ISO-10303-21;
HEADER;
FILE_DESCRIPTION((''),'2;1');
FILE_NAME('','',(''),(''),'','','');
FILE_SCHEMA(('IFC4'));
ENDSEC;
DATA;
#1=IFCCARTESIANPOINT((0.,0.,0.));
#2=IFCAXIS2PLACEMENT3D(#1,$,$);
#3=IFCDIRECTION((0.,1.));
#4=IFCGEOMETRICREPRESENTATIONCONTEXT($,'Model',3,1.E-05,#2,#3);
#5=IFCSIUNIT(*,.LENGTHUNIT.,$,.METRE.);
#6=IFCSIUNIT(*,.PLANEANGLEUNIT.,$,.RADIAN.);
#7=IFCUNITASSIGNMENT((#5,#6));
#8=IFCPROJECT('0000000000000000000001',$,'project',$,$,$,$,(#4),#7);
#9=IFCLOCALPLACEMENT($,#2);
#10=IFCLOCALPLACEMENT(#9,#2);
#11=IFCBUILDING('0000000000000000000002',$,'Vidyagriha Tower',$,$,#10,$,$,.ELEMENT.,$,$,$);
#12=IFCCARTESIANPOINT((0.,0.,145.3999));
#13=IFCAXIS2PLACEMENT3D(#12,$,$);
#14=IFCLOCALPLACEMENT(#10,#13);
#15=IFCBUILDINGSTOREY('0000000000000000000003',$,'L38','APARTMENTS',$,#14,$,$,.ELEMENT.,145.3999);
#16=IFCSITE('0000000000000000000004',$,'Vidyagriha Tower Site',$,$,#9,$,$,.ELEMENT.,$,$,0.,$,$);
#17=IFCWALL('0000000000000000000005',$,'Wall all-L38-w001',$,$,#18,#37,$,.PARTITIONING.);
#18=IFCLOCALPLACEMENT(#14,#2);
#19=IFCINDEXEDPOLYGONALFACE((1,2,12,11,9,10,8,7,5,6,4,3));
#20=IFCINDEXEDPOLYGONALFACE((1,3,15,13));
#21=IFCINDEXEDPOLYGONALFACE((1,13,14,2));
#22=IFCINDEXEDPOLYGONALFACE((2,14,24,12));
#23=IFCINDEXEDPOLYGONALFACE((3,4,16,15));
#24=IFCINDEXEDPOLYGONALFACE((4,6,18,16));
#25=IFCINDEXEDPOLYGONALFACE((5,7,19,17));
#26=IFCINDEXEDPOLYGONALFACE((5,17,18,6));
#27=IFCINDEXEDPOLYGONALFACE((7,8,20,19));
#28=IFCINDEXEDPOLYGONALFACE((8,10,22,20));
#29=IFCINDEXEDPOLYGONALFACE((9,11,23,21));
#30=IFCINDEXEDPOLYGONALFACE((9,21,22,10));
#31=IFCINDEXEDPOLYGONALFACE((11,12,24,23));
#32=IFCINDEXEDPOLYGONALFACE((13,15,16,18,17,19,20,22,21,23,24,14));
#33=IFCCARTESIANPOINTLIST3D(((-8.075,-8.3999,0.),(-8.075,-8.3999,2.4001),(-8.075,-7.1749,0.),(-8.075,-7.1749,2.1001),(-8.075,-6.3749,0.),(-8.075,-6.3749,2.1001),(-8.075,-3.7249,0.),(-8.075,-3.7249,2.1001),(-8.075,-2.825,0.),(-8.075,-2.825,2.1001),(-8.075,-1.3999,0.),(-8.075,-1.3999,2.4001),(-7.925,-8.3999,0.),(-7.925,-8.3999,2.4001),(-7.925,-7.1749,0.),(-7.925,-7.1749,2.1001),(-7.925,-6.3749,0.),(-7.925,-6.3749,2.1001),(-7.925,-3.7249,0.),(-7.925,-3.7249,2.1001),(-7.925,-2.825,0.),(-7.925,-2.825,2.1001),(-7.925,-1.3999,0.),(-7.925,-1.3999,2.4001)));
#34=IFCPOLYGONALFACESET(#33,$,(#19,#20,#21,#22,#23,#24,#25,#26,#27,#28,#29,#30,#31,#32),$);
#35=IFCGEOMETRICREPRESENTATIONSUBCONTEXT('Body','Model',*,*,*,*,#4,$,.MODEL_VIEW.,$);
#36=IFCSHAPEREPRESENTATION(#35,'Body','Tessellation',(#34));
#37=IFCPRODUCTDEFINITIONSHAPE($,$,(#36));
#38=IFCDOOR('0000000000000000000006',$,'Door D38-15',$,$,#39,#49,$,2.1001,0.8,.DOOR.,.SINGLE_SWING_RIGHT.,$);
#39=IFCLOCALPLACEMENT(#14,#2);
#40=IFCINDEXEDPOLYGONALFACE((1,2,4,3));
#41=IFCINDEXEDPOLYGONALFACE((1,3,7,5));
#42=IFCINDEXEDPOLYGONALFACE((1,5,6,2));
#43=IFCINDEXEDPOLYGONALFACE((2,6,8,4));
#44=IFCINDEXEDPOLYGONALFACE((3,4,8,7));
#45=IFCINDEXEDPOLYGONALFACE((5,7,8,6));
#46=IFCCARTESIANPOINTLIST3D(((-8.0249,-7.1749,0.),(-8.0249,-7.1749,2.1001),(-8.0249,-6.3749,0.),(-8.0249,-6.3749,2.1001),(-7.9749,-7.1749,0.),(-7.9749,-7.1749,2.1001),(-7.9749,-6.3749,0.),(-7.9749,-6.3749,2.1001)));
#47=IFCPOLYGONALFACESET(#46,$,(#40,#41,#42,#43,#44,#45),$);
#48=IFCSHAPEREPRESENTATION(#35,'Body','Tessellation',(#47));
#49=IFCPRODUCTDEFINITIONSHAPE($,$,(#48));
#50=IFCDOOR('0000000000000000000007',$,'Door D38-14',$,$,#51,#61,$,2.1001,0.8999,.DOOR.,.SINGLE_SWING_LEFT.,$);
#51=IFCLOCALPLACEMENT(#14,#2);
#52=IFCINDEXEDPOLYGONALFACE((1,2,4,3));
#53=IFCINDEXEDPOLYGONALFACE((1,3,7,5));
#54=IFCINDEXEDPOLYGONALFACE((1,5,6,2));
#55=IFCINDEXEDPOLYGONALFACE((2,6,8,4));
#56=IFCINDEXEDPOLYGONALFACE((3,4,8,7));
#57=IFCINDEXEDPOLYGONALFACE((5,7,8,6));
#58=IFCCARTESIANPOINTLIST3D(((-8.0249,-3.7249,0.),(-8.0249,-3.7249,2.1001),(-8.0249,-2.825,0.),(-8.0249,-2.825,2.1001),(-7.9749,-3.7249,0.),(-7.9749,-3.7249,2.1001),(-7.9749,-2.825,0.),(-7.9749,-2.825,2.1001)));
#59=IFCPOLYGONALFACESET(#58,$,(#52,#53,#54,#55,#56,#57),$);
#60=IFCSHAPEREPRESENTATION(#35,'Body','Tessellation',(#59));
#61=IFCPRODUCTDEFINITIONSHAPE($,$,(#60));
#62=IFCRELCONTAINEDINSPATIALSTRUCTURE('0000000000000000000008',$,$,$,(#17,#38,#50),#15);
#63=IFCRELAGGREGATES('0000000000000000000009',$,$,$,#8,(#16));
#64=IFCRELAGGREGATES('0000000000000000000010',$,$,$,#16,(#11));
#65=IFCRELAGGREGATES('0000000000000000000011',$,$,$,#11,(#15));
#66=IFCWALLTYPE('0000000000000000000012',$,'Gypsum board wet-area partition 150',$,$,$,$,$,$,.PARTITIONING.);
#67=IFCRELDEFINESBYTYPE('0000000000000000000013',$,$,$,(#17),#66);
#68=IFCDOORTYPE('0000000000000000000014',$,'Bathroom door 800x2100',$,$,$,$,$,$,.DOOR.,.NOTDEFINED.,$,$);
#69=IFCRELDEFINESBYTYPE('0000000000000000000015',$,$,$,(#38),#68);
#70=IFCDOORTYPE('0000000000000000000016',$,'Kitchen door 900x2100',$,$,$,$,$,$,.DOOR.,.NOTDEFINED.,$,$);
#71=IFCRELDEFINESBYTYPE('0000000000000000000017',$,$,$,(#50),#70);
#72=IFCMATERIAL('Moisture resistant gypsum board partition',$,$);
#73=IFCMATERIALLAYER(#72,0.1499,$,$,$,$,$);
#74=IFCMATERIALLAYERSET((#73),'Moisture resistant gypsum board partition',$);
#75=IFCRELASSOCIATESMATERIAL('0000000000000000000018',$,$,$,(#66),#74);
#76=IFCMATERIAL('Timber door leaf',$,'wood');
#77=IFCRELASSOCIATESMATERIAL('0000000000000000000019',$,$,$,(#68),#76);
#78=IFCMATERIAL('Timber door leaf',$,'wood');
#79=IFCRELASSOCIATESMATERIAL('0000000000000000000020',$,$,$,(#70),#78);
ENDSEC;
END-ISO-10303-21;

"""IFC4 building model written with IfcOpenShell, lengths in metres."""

from ifc_helpers import new_model, si_unit, direction, frame, frame_2d, origin, place, context, subcontext, project, spatial, rectangle, extrude, material, layer, layer_set, type_object, element, fill, save


model = new_model("IFC4")

# Units and contexts
model_context = context("Model", 3, precision=1e-05, world=origin(), true_north=direction((0.0, 1.0)))
body_context = subcontext(model_context, "Body", "Model", "MODEL_VIEW")
ifc_project = project(units=[si_unit("LENGTHUNIT", "METRE"), si_unit("PLANEANGLEUNIT", "RADIAN")], contexts=[model_context])

# Site, building, storey
site_placement = place(None, origin())
site = spatial("IfcSite", under=ifc_project, at=site_placement, Name="Vidyagriha Tower Site", CompositionType="ELEMENT", RefElevation=0.0)
building_placement = place(site_placement, origin())
building = spatial("IfcBuilding", under=site, at=building_placement, Name="Vidyagriha Tower", CompositionType="ELEMENT")
storey_placement = place(building_placement, frame((0.0, 0.0, 145.3999)))
storey = spatial("IfcBuildingStorey", under=building, at=storey_placement, Name="L38", Description="APARTMENTS", CompositionType="ELEMENT", Elevation=145.3999)

# Wall, openings, doors
ifc_material_1 = material(Name="Moisture resistant gypsum board partition")
ifc_layer_1 = layer(ifc_material_1, 0.1499)
ifc_layer_set_1 = layer_set([ifc_layer_1], Name="Moisture resistant gypsum board partition")
wall_type_1 = type_object("IfcWallType", Name="Gypsum board wet-area partition 150", PredefinedType="PARTITIONING", material=ifc_layer_set_1)
wall_1_placement = place(storey_placement, frame((-8.0, -8.3999, 0.0), z_axis=(0.0, 0.0, 1.0), x_axis=(0.0, 1.0, 0.0)))
wall_1 = element("IfcWall", 1, at=wall_1_placement, inside=storey, type_object=wall_type_1, Name="Wall all-L38-w001", PredefinedType="PARTITIONING", context=body_context, shape_type="SweptSolid", body=[
    extrude(rectangle(XDim=7.0, YDim=0.1499, at=frame_2d((3.5, 0.0))), origin(), (0.0, 0.0, 1.0), 2.4001),
])
opening_1_placement = place(wall_1_placement, frame((4.675, 0.0, 0.0)))
opening_1 = element("IfcOpeningElement", 2, at=opening_1_placement, cuts=wall_1, PredefinedType="OPENING", context=body_context, shape_type="SweptSolid", body=[
    extrude(rectangle(XDim=0.8999, YDim=2.1001, at=frame_2d((0.45, 1.05))), frame((0.0, 0.085, 0.0), z_axis=(0.0, -1.0, 0.0), x_axis=(1.0, 0.0, 0.0)), (0.0, 0.0, 1.0), 0.1699),
])
opening_2_placement = place(wall_1_placement, frame((1.2251, 0.0, 0.0)))
opening_2 = element("IfcOpeningElement", 3, at=opening_2_placement, cuts=wall_1, PredefinedType="OPENING", context=body_context, shape_type="SweptSolid", body=[
    extrude(rectangle(XDim=0.8, YDim=2.1001, at=frame_2d((0.3999, 1.05))), frame((0.0, 0.085, 0.0), z_axis=(0.0, -1.0, 0.0), x_axis=(1.0, 0.0, 0.0)), (0.0, 0.0, 1.0), 0.1699),
])
ifc_material_2 = material(Name="Timber door leaf", Category="wood")
door_type_1 = type_object("IfcDoorType", Name="Bathroom door 800x2100", OperationType="NOTDEFINED", PredefinedType="DOOR", material=ifc_material_2)
door_1_placement = place(opening_2_placement, origin())
door_1 = element("IfcDoor", 4, at=door_1_placement, inside=storey, type_object=door_type_1, Name="Door D38-15", OperationType="SINGLE_SWING_RIGHT", OverallHeight=2.1001, OverallWidth=0.8, PredefinedType="DOOR", context=body_context, shape_type="SweptSolid", body=[
    extrude(rectangle(XDim=0.8, YDim=2.1001, at=frame_2d((0.3999, 1.05))), frame((0.0, 0.0249, 0.0), z_axis=(0.0, -1.0, 0.0), x_axis=(1.0, 0.0, 0.0)), (0.0, 0.0, 1.0), 0.05),
])
fill(opening_2, door_1)
ifc_material_3 = material(Name="Timber door leaf", Category="wood")
door_type_2 = type_object("IfcDoorType", Name="Kitchen door 900x2100", OperationType="NOTDEFINED", PredefinedType="DOOR", material=ifc_material_3)
door_2_placement = place(opening_1_placement, origin())
door_2 = element("IfcDoor", 5, at=door_2_placement, inside=storey, type_object=door_type_2, Name="Door D38-14", OperationType="SINGLE_SWING_LEFT", OverallHeight=2.1001, OverallWidth=0.8999, PredefinedType="DOOR", context=body_context, shape_type="SweptSolid", body=[
    extrude(rectangle(XDim=0.8999, YDim=2.1001, at=frame_2d((0.45, 1.05))), frame((0.0, 0.0249, 0.0), z_axis=(0.0, -1.0, 0.0), x_axis=(1.0, 0.0, 0.0)), (0.0, 0.0, 1.0), 0.05),
])
fill(opening_1, door_2)

save(model, "model.ifc")
